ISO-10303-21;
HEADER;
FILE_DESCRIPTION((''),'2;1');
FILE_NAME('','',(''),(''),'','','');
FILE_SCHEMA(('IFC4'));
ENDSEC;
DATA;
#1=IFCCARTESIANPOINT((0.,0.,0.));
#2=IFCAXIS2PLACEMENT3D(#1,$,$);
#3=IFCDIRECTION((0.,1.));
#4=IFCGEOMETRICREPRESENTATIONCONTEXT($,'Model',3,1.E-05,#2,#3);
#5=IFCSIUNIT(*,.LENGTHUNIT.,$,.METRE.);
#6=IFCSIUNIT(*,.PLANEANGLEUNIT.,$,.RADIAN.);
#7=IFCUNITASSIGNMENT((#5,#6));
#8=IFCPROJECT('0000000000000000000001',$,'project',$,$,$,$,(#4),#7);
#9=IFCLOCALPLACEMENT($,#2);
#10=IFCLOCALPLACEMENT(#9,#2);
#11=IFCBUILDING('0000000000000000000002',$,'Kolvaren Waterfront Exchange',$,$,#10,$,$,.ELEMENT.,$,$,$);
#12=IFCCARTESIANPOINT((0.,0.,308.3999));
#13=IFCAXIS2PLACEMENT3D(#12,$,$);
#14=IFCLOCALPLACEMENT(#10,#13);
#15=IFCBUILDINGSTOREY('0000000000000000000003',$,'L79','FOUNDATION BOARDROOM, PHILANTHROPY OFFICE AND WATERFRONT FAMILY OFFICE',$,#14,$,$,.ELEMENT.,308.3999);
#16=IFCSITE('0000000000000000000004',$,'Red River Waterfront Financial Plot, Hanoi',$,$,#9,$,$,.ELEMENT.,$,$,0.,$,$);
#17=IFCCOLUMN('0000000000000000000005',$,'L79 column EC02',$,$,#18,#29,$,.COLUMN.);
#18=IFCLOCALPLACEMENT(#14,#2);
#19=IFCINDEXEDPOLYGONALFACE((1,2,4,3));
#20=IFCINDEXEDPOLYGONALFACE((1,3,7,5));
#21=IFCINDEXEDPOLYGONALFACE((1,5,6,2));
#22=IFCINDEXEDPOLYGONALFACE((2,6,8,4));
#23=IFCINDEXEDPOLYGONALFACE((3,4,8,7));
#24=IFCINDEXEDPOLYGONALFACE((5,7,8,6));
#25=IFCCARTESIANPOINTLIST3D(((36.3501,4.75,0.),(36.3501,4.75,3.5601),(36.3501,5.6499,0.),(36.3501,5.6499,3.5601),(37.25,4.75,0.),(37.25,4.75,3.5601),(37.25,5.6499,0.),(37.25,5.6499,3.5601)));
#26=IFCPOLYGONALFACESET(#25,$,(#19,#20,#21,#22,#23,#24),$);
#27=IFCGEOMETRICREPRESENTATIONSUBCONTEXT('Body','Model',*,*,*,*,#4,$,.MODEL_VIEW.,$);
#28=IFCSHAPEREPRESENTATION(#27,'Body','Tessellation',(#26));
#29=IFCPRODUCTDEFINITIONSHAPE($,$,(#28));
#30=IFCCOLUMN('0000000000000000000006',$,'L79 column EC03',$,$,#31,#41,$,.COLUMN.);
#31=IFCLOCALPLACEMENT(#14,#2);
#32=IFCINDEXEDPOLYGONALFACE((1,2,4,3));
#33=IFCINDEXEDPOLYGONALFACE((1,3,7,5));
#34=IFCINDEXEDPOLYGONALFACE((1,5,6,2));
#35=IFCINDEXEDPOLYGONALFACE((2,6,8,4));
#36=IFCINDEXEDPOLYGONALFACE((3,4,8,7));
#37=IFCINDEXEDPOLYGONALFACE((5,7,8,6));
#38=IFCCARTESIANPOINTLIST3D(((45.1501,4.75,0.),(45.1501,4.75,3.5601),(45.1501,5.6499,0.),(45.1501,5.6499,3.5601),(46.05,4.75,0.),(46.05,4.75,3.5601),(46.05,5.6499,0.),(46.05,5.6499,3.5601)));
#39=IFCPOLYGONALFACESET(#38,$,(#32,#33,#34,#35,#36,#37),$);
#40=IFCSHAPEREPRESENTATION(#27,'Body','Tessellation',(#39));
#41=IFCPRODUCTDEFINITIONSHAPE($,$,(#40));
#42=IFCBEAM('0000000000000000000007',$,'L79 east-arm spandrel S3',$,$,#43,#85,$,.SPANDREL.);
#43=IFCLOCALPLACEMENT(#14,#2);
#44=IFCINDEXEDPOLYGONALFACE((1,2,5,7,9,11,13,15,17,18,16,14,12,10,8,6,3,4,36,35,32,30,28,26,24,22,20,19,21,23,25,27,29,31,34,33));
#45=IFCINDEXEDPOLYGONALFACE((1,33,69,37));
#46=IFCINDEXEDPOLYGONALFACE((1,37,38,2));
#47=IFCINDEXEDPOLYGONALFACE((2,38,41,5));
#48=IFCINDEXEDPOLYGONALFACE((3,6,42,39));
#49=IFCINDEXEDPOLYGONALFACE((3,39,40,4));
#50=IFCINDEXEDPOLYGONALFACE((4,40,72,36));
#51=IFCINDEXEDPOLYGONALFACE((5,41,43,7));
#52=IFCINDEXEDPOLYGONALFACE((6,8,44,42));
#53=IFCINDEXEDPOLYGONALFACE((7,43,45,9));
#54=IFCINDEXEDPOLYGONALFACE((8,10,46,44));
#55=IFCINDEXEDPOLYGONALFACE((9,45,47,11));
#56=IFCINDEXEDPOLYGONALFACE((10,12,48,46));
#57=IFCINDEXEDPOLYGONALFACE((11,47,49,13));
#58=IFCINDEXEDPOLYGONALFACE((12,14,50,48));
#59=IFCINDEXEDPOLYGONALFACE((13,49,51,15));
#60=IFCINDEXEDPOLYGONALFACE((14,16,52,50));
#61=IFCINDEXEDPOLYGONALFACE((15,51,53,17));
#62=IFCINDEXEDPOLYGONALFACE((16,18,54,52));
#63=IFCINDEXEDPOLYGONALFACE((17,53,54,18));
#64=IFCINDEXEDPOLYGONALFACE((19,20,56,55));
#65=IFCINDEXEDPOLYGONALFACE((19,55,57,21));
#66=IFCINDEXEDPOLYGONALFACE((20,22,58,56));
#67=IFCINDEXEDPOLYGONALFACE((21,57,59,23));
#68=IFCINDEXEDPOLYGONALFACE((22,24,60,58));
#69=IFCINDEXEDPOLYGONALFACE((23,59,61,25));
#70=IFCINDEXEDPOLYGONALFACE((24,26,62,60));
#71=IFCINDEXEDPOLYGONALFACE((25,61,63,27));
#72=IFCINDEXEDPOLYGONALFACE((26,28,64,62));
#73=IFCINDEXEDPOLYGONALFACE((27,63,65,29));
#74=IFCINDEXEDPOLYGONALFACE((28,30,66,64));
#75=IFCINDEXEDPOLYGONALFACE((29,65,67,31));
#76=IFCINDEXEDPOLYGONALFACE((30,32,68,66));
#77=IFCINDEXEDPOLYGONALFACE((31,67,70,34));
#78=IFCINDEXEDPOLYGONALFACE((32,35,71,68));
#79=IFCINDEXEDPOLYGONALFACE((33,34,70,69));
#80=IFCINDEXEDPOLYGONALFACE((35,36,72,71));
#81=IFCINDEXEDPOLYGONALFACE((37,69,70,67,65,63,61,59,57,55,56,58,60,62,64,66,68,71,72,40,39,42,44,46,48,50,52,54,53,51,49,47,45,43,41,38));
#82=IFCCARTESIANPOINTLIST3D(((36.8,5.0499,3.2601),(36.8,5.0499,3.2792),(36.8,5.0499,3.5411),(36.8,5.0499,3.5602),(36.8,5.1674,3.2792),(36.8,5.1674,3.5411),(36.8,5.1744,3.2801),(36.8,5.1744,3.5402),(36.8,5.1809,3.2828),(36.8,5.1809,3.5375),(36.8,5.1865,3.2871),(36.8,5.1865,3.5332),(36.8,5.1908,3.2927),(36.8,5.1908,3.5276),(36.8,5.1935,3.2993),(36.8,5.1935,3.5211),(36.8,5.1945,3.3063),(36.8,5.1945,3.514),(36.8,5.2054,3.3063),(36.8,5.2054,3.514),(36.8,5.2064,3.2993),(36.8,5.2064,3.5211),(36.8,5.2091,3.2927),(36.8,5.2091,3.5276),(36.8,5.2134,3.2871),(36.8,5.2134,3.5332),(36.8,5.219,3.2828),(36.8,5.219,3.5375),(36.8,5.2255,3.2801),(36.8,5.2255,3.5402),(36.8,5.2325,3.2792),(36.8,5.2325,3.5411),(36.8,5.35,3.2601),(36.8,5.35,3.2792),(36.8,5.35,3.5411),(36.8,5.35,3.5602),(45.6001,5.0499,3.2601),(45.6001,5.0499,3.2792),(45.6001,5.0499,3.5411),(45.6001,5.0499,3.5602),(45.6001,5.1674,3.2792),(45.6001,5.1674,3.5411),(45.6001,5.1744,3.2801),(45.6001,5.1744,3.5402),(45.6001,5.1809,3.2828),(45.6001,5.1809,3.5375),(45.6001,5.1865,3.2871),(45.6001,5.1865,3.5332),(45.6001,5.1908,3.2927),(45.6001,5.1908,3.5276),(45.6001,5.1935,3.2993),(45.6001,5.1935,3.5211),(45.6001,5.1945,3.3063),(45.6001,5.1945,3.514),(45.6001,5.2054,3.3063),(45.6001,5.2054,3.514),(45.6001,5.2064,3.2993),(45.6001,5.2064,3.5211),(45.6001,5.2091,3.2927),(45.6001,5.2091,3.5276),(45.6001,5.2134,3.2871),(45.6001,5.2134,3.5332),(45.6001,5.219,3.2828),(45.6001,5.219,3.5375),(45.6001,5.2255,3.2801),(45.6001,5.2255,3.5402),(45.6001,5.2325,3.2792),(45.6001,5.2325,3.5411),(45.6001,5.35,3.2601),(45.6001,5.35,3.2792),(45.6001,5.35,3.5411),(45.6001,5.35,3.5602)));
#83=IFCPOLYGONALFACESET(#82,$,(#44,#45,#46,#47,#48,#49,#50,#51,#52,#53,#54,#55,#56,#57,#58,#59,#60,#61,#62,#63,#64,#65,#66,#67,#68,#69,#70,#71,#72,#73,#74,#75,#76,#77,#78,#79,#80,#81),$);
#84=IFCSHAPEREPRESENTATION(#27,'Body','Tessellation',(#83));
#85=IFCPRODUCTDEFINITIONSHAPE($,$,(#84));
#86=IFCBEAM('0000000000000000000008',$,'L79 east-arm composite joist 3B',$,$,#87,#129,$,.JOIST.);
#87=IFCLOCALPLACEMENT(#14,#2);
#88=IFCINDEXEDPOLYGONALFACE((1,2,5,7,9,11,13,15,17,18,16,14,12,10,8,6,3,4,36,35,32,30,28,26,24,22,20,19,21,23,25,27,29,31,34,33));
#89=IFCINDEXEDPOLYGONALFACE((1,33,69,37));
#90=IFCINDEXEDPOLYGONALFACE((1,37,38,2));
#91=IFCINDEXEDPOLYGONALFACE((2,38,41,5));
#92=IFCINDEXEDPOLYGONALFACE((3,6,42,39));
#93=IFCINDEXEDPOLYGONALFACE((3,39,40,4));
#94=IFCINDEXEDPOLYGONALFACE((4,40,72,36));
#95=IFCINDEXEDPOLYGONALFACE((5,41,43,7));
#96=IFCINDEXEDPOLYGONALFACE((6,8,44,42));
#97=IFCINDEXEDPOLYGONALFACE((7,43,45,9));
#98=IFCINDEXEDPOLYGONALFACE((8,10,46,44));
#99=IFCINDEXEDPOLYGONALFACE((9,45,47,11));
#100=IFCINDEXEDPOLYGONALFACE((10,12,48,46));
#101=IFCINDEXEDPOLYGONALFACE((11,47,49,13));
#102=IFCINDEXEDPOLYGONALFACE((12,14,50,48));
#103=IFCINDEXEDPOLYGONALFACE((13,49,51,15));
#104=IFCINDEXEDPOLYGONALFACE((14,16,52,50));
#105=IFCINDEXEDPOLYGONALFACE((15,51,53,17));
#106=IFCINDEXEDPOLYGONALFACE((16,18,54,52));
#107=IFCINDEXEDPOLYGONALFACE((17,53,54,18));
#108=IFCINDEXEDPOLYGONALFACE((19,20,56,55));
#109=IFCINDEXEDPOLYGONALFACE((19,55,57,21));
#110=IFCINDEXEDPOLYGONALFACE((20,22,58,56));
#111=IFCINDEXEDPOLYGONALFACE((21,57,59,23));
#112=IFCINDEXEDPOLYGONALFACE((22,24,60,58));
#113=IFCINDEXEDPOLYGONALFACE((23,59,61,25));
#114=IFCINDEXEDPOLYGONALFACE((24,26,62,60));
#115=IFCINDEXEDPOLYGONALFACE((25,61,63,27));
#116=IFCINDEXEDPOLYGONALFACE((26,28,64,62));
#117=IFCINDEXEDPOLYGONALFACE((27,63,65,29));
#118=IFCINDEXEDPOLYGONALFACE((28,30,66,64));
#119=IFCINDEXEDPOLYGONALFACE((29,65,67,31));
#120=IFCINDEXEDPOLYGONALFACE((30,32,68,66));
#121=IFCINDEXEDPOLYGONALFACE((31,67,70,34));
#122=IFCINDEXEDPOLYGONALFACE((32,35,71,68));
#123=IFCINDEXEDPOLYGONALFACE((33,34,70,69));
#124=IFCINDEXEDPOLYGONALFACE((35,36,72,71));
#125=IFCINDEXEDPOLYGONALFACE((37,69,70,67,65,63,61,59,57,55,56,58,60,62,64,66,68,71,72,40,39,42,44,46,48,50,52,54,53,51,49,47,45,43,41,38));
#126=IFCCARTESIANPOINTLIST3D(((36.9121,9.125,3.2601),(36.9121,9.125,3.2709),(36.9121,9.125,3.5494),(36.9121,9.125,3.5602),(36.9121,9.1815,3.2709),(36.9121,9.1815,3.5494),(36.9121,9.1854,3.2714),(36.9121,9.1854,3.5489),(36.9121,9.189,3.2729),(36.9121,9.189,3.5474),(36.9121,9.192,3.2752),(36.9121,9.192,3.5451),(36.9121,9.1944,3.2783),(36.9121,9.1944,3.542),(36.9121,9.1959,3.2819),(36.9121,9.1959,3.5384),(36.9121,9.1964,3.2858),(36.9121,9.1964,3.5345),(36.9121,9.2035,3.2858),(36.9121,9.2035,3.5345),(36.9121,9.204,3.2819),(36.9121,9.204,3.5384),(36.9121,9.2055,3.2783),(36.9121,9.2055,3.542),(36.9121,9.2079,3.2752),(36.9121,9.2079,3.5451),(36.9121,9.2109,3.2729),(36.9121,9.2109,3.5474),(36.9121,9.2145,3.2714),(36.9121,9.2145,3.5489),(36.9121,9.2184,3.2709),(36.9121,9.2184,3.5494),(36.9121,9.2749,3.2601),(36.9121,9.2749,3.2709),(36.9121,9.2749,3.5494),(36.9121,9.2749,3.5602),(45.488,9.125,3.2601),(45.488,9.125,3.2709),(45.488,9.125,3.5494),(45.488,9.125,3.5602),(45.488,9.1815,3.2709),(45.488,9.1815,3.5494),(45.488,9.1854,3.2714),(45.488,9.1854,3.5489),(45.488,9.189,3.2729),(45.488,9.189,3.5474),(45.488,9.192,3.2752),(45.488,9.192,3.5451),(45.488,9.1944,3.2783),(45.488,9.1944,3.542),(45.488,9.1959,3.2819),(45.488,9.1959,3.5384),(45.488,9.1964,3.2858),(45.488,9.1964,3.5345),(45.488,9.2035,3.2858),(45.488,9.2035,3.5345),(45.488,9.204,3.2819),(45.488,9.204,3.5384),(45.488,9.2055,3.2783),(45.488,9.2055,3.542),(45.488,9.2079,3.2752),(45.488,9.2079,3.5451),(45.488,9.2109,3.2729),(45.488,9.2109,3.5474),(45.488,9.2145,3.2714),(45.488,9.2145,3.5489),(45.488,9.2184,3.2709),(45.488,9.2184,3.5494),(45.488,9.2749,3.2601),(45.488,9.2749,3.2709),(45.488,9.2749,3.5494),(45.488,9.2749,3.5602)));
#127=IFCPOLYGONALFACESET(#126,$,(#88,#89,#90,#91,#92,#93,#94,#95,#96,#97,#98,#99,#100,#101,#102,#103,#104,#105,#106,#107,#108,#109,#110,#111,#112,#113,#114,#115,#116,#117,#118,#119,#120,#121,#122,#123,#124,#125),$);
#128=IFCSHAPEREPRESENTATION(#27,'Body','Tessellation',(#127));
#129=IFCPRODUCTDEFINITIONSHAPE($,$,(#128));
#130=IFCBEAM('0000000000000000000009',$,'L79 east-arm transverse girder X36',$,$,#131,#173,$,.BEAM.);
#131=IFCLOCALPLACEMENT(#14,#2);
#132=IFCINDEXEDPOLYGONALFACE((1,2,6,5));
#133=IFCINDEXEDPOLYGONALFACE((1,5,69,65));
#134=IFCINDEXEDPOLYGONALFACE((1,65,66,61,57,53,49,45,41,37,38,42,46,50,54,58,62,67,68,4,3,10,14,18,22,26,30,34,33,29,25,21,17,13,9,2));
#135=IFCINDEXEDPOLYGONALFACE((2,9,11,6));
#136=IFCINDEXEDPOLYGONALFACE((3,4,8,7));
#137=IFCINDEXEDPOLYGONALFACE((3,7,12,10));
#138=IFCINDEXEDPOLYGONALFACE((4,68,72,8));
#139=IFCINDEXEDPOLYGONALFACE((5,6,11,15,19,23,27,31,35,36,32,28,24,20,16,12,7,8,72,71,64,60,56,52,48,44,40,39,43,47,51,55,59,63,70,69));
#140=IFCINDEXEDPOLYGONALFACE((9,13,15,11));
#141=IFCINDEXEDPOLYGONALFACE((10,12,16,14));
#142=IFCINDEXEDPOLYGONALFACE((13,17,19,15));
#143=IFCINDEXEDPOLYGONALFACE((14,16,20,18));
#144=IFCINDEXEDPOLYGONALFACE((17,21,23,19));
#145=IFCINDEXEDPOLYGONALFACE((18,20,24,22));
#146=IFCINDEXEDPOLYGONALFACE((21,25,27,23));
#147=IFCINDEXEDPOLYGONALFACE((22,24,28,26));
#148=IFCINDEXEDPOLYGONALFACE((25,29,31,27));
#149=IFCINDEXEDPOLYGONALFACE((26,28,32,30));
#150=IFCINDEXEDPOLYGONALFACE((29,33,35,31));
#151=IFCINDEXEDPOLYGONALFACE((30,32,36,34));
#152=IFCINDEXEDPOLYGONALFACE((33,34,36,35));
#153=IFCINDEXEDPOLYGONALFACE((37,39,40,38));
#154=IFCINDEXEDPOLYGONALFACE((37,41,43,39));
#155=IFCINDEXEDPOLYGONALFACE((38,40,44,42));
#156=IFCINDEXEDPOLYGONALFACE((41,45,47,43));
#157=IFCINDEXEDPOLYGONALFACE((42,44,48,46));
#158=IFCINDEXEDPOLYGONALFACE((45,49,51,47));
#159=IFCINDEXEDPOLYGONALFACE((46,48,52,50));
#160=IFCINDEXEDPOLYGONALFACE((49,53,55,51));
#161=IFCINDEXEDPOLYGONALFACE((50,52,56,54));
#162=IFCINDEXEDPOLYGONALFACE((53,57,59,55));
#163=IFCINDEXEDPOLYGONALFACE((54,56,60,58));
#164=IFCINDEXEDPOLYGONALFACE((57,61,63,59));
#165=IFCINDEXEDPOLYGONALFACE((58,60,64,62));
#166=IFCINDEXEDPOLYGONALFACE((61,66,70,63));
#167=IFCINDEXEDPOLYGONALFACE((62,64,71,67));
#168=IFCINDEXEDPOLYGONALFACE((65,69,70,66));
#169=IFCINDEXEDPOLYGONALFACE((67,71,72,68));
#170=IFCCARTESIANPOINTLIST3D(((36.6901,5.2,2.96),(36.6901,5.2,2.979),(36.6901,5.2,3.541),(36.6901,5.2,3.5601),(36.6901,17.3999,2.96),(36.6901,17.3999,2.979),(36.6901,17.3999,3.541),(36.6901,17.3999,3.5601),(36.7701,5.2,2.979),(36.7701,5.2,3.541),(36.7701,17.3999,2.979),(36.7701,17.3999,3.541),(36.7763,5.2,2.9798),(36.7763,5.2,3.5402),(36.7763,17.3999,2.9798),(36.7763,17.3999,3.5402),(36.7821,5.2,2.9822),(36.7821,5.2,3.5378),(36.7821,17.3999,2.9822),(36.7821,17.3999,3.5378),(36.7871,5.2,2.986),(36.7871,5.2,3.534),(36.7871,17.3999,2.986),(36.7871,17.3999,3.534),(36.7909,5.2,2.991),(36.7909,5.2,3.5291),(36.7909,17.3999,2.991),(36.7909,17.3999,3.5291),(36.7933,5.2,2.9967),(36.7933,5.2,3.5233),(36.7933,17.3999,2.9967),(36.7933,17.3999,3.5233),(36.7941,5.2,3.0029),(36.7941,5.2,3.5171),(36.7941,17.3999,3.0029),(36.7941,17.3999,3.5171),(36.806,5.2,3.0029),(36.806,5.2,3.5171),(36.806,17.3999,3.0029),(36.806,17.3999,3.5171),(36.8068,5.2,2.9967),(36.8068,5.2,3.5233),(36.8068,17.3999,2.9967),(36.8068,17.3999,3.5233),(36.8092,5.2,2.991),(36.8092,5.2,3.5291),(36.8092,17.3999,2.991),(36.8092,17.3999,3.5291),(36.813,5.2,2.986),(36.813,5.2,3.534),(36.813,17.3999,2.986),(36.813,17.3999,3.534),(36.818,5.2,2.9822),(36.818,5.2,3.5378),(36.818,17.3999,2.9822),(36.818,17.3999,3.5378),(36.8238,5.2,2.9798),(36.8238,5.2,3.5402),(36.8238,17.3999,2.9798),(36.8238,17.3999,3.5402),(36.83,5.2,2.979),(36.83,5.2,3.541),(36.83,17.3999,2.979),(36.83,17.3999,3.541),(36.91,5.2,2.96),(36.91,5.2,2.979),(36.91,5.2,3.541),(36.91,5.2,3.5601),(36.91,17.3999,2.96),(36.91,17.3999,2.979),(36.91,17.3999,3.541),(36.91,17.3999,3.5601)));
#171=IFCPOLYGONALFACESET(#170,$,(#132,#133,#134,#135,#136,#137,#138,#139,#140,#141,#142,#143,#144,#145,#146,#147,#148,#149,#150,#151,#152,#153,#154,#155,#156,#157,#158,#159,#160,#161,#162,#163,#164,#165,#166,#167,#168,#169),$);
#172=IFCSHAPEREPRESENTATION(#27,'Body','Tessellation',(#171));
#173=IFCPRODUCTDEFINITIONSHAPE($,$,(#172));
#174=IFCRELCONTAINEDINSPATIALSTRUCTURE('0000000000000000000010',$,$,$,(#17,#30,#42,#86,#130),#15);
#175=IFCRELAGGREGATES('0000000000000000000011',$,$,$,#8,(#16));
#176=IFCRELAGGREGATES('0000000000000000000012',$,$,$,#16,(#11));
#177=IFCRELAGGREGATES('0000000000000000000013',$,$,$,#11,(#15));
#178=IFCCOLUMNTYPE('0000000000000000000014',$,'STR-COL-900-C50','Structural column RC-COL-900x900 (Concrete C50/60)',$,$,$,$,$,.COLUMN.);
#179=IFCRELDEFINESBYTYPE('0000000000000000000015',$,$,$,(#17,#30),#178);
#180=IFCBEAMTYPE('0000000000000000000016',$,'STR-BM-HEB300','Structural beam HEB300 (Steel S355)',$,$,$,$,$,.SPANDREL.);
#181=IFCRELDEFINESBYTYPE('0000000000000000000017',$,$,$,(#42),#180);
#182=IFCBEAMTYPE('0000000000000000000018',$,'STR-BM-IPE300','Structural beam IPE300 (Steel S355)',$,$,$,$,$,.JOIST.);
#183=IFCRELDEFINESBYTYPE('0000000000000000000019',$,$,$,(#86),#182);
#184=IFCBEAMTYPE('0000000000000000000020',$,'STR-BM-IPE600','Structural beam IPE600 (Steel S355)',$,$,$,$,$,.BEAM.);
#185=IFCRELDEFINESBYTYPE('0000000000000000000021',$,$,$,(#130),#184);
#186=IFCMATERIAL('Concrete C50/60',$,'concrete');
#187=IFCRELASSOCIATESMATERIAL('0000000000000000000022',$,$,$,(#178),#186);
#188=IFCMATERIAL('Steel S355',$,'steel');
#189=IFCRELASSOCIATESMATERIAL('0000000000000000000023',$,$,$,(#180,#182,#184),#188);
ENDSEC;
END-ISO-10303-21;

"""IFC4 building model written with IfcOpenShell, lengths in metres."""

from ifc_helpers import new_model, si_unit, direction, frame, origin, origin_2d, place, context, subcontext, project, spatial, rectangle, i_section, extrude, material, material_profile, profile_set, type_object, element, save


model = new_model("IFC4")

# Units and contexts
model_context = context("Model", 3, precision=1e-05, world=origin(), true_north=direction((0.0, 1.0)))
body_context = subcontext(model_context, "Body", "Model", "MODEL_VIEW")
ifc_project = project(units=[si_unit("LENGTHUNIT", "METRE"), si_unit("PLANEANGLEUNIT", "RADIAN")], contexts=[model_context])

# Site, building, storey
site_placement = place(None, origin())
site = spatial("IfcSite", under=ifc_project, at=site_placement, Name="Red River Waterfront Financial Plot, Hanoi", CompositionType="ELEMENT", RefElevation=0.0)
building_placement = place(site_placement, origin())
building = spatial("IfcBuilding", under=site, at=building_placement, Name="Kolvaren Waterfront Exchange", CompositionType="ELEMENT")
storey_placement = place(building_placement, frame((0.0, 0.0, 308.3999)))
storey = spatial("IfcBuildingStorey", under=building, at=storey_placement, Name="L79", Description="FOUNDATION BOARDROOM, PHILANTHROPY OFFICE AND WATERFRONT FAMILY OFFICE", CompositionType="ELEMENT", Elevation=308.3999)

# Columns
ifc_material_1 = material(Name="Concrete C50/60", Category="concrete")
ifc_material_profile_1 = material_profile(ifc_material_1, rectangle(XDim=0.8999, YDim=0.8999, at=origin_2d()), Name="RC-COL-900x900")
ifc_profile_set_1 = profile_set([ifc_material_profile_1], Name="Concrete C50/60")
column_type = type_object("IfcColumnType", Name="STR-COL-900-C50", Description="Structural column RC-COL-900x900 (Concrete C50/60)", PredefinedType="COLUMN", material=ifc_profile_set_1)
for number, where, z_axis, x_axis, name in (
    (1, (36.8, 5.2, 0.0), (0.0, 0.0, 1.0), (1.0, 0.0, 0.0), "L79 column EC02"),
    (2, (45.6001, 5.2, 0.0), (0.0, 0.0, 1.0), (1.0, 0.0, 0.0), "L79 column EC03"),
):
    element("IfcColumn", number, at=place(storey_placement, frame(where, z_axis=z_axis, x_axis=x_axis)), inside=storey, type_object=column_type, Name=name, PredefinedType="COLUMN", context=body_context, shape_type="SweptSolid", body=[
        extrude(rectangle(XDim=0.8999, YDim=0.8999, at=origin_2d()), origin(), (0.0, 0.0, 1.0), 3.5601),
    ])

# Beams
ifc_material_2 = material(Name="Steel S355", Category="steel")
ifc_material_profile_2 = material_profile(ifc_material_2, i_section(OverallWidth=0.3, OverallDepth=0.3, WebThickness=0.011, FlangeThickness=0.019, FilletRadius=0.0271, at=origin_2d()), Name="HEB300")
ifc_profile_set_2 = profile_set([ifc_material_profile_2], Name="Steel S355")
beam_type_1 = type_object("IfcBeamType", Name="STR-BM-HEB300", Description="Structural beam HEB300 (Steel S355)", PredefinedType="SPANDREL", material=ifc_profile_set_2)
beam_1_placement = place(storey_placement, frame((36.8, 5.2, 3.4102), z_axis=(1.0, 0.0, 0.0), x_axis=(0.0, 1.0, 0.0)))
element("IfcBeam", 3, at=beam_1_placement, inside=storey, type_object=beam_type_1, Name="L79 east-arm spandrel S3", PredefinedType="SPANDREL", context=body_context, shape_type="SweptSolid", body=[
    extrude(i_section(OverallWidth=0.3, OverallDepth=0.3, WebThickness=0.011, FlangeThickness=0.019, FilletRadius=0.0271, at=origin_2d()), origin(), (0.0, 0.0, 1.0), 8.8),
])
ifc_material_profile_3 = material_profile(ifc_material_2, i_section(OverallWidth=0.1499, OverallDepth=0.3, WebThickness=0.0071, FlangeThickness=0.0107, FilletRadius=0.0149, at=origin_2d()), Name="IPE300")
ifc_profile_set_3 = profile_set([ifc_material_profile_3], Name="Steel S355")
beam_type_2 = type_object("IfcBeamType", Name="STR-BM-IPE300", Description="Structural beam IPE300 (Steel S355)", PredefinedType="JOIST", material=ifc_profile_set_3)
beam_2_placement = place(storey_placement, frame((36.9121, 9.2, 3.4102), z_axis=(1.0, 0.0, 0.0), x_axis=(0.0, 1.0, 0.0)))
element("IfcBeam", 4, at=beam_2_placement, inside=storey, type_object=beam_type_2, Name="L79 east-arm composite joist 3B", PredefinedType="JOIST", context=body_context, shape_type="SweptSolid", body=[
    extrude(i_section(OverallWidth=0.1499, OverallDepth=0.3, WebThickness=0.0071, FlangeThickness=0.0107, FilletRadius=0.0149, at=origin_2d()), origin(), (0.0, 0.0, 1.0), 8.5759),
])
ifc_material_profile_4 = material_profile(ifc_material_2, i_section(OverallWidth=0.22, OverallDepth=0.6001, WebThickness=0.012, FlangeThickness=0.019, FilletRadius=0.0239, at=origin_2d()), Name="IPE600")
ifc_profile_set_4 = profile_set([ifc_material_profile_4], Name="Steel S355")
beam_type_3 = type_object("IfcBeamType", Name="STR-BM-IPE600", Description="Structural beam IPE600 (Steel S355)", PredefinedType="BEAM", material=ifc_profile_set_4)
for number, where, z_axis, x_axis, name in (
    (5, (36.8, 5.2, 3.26), (0.0, 1.0, 0.0), (-1.0, 0.0, 0.0), "L79 east-arm transverse girder X36"),
):
    element("IfcBeam", number, at=place(storey_placement, frame(where, z_axis=z_axis, x_axis=x_axis)), inside=storey, type_object=beam_type_3, Name=name, PredefinedType="BEAM", context=body_context, shape_type="SweptSolid", body=[
        extrude(i_section(OverallWidth=0.22, OverallDepth=0.6001, WebThickness=0.012, FlangeThickness=0.019, FilletRadius=0.0239, at=origin_2d()), origin(), (0.0, 0.0, 1.0), 12.2),
    ])

save(model, "model.ifc")
